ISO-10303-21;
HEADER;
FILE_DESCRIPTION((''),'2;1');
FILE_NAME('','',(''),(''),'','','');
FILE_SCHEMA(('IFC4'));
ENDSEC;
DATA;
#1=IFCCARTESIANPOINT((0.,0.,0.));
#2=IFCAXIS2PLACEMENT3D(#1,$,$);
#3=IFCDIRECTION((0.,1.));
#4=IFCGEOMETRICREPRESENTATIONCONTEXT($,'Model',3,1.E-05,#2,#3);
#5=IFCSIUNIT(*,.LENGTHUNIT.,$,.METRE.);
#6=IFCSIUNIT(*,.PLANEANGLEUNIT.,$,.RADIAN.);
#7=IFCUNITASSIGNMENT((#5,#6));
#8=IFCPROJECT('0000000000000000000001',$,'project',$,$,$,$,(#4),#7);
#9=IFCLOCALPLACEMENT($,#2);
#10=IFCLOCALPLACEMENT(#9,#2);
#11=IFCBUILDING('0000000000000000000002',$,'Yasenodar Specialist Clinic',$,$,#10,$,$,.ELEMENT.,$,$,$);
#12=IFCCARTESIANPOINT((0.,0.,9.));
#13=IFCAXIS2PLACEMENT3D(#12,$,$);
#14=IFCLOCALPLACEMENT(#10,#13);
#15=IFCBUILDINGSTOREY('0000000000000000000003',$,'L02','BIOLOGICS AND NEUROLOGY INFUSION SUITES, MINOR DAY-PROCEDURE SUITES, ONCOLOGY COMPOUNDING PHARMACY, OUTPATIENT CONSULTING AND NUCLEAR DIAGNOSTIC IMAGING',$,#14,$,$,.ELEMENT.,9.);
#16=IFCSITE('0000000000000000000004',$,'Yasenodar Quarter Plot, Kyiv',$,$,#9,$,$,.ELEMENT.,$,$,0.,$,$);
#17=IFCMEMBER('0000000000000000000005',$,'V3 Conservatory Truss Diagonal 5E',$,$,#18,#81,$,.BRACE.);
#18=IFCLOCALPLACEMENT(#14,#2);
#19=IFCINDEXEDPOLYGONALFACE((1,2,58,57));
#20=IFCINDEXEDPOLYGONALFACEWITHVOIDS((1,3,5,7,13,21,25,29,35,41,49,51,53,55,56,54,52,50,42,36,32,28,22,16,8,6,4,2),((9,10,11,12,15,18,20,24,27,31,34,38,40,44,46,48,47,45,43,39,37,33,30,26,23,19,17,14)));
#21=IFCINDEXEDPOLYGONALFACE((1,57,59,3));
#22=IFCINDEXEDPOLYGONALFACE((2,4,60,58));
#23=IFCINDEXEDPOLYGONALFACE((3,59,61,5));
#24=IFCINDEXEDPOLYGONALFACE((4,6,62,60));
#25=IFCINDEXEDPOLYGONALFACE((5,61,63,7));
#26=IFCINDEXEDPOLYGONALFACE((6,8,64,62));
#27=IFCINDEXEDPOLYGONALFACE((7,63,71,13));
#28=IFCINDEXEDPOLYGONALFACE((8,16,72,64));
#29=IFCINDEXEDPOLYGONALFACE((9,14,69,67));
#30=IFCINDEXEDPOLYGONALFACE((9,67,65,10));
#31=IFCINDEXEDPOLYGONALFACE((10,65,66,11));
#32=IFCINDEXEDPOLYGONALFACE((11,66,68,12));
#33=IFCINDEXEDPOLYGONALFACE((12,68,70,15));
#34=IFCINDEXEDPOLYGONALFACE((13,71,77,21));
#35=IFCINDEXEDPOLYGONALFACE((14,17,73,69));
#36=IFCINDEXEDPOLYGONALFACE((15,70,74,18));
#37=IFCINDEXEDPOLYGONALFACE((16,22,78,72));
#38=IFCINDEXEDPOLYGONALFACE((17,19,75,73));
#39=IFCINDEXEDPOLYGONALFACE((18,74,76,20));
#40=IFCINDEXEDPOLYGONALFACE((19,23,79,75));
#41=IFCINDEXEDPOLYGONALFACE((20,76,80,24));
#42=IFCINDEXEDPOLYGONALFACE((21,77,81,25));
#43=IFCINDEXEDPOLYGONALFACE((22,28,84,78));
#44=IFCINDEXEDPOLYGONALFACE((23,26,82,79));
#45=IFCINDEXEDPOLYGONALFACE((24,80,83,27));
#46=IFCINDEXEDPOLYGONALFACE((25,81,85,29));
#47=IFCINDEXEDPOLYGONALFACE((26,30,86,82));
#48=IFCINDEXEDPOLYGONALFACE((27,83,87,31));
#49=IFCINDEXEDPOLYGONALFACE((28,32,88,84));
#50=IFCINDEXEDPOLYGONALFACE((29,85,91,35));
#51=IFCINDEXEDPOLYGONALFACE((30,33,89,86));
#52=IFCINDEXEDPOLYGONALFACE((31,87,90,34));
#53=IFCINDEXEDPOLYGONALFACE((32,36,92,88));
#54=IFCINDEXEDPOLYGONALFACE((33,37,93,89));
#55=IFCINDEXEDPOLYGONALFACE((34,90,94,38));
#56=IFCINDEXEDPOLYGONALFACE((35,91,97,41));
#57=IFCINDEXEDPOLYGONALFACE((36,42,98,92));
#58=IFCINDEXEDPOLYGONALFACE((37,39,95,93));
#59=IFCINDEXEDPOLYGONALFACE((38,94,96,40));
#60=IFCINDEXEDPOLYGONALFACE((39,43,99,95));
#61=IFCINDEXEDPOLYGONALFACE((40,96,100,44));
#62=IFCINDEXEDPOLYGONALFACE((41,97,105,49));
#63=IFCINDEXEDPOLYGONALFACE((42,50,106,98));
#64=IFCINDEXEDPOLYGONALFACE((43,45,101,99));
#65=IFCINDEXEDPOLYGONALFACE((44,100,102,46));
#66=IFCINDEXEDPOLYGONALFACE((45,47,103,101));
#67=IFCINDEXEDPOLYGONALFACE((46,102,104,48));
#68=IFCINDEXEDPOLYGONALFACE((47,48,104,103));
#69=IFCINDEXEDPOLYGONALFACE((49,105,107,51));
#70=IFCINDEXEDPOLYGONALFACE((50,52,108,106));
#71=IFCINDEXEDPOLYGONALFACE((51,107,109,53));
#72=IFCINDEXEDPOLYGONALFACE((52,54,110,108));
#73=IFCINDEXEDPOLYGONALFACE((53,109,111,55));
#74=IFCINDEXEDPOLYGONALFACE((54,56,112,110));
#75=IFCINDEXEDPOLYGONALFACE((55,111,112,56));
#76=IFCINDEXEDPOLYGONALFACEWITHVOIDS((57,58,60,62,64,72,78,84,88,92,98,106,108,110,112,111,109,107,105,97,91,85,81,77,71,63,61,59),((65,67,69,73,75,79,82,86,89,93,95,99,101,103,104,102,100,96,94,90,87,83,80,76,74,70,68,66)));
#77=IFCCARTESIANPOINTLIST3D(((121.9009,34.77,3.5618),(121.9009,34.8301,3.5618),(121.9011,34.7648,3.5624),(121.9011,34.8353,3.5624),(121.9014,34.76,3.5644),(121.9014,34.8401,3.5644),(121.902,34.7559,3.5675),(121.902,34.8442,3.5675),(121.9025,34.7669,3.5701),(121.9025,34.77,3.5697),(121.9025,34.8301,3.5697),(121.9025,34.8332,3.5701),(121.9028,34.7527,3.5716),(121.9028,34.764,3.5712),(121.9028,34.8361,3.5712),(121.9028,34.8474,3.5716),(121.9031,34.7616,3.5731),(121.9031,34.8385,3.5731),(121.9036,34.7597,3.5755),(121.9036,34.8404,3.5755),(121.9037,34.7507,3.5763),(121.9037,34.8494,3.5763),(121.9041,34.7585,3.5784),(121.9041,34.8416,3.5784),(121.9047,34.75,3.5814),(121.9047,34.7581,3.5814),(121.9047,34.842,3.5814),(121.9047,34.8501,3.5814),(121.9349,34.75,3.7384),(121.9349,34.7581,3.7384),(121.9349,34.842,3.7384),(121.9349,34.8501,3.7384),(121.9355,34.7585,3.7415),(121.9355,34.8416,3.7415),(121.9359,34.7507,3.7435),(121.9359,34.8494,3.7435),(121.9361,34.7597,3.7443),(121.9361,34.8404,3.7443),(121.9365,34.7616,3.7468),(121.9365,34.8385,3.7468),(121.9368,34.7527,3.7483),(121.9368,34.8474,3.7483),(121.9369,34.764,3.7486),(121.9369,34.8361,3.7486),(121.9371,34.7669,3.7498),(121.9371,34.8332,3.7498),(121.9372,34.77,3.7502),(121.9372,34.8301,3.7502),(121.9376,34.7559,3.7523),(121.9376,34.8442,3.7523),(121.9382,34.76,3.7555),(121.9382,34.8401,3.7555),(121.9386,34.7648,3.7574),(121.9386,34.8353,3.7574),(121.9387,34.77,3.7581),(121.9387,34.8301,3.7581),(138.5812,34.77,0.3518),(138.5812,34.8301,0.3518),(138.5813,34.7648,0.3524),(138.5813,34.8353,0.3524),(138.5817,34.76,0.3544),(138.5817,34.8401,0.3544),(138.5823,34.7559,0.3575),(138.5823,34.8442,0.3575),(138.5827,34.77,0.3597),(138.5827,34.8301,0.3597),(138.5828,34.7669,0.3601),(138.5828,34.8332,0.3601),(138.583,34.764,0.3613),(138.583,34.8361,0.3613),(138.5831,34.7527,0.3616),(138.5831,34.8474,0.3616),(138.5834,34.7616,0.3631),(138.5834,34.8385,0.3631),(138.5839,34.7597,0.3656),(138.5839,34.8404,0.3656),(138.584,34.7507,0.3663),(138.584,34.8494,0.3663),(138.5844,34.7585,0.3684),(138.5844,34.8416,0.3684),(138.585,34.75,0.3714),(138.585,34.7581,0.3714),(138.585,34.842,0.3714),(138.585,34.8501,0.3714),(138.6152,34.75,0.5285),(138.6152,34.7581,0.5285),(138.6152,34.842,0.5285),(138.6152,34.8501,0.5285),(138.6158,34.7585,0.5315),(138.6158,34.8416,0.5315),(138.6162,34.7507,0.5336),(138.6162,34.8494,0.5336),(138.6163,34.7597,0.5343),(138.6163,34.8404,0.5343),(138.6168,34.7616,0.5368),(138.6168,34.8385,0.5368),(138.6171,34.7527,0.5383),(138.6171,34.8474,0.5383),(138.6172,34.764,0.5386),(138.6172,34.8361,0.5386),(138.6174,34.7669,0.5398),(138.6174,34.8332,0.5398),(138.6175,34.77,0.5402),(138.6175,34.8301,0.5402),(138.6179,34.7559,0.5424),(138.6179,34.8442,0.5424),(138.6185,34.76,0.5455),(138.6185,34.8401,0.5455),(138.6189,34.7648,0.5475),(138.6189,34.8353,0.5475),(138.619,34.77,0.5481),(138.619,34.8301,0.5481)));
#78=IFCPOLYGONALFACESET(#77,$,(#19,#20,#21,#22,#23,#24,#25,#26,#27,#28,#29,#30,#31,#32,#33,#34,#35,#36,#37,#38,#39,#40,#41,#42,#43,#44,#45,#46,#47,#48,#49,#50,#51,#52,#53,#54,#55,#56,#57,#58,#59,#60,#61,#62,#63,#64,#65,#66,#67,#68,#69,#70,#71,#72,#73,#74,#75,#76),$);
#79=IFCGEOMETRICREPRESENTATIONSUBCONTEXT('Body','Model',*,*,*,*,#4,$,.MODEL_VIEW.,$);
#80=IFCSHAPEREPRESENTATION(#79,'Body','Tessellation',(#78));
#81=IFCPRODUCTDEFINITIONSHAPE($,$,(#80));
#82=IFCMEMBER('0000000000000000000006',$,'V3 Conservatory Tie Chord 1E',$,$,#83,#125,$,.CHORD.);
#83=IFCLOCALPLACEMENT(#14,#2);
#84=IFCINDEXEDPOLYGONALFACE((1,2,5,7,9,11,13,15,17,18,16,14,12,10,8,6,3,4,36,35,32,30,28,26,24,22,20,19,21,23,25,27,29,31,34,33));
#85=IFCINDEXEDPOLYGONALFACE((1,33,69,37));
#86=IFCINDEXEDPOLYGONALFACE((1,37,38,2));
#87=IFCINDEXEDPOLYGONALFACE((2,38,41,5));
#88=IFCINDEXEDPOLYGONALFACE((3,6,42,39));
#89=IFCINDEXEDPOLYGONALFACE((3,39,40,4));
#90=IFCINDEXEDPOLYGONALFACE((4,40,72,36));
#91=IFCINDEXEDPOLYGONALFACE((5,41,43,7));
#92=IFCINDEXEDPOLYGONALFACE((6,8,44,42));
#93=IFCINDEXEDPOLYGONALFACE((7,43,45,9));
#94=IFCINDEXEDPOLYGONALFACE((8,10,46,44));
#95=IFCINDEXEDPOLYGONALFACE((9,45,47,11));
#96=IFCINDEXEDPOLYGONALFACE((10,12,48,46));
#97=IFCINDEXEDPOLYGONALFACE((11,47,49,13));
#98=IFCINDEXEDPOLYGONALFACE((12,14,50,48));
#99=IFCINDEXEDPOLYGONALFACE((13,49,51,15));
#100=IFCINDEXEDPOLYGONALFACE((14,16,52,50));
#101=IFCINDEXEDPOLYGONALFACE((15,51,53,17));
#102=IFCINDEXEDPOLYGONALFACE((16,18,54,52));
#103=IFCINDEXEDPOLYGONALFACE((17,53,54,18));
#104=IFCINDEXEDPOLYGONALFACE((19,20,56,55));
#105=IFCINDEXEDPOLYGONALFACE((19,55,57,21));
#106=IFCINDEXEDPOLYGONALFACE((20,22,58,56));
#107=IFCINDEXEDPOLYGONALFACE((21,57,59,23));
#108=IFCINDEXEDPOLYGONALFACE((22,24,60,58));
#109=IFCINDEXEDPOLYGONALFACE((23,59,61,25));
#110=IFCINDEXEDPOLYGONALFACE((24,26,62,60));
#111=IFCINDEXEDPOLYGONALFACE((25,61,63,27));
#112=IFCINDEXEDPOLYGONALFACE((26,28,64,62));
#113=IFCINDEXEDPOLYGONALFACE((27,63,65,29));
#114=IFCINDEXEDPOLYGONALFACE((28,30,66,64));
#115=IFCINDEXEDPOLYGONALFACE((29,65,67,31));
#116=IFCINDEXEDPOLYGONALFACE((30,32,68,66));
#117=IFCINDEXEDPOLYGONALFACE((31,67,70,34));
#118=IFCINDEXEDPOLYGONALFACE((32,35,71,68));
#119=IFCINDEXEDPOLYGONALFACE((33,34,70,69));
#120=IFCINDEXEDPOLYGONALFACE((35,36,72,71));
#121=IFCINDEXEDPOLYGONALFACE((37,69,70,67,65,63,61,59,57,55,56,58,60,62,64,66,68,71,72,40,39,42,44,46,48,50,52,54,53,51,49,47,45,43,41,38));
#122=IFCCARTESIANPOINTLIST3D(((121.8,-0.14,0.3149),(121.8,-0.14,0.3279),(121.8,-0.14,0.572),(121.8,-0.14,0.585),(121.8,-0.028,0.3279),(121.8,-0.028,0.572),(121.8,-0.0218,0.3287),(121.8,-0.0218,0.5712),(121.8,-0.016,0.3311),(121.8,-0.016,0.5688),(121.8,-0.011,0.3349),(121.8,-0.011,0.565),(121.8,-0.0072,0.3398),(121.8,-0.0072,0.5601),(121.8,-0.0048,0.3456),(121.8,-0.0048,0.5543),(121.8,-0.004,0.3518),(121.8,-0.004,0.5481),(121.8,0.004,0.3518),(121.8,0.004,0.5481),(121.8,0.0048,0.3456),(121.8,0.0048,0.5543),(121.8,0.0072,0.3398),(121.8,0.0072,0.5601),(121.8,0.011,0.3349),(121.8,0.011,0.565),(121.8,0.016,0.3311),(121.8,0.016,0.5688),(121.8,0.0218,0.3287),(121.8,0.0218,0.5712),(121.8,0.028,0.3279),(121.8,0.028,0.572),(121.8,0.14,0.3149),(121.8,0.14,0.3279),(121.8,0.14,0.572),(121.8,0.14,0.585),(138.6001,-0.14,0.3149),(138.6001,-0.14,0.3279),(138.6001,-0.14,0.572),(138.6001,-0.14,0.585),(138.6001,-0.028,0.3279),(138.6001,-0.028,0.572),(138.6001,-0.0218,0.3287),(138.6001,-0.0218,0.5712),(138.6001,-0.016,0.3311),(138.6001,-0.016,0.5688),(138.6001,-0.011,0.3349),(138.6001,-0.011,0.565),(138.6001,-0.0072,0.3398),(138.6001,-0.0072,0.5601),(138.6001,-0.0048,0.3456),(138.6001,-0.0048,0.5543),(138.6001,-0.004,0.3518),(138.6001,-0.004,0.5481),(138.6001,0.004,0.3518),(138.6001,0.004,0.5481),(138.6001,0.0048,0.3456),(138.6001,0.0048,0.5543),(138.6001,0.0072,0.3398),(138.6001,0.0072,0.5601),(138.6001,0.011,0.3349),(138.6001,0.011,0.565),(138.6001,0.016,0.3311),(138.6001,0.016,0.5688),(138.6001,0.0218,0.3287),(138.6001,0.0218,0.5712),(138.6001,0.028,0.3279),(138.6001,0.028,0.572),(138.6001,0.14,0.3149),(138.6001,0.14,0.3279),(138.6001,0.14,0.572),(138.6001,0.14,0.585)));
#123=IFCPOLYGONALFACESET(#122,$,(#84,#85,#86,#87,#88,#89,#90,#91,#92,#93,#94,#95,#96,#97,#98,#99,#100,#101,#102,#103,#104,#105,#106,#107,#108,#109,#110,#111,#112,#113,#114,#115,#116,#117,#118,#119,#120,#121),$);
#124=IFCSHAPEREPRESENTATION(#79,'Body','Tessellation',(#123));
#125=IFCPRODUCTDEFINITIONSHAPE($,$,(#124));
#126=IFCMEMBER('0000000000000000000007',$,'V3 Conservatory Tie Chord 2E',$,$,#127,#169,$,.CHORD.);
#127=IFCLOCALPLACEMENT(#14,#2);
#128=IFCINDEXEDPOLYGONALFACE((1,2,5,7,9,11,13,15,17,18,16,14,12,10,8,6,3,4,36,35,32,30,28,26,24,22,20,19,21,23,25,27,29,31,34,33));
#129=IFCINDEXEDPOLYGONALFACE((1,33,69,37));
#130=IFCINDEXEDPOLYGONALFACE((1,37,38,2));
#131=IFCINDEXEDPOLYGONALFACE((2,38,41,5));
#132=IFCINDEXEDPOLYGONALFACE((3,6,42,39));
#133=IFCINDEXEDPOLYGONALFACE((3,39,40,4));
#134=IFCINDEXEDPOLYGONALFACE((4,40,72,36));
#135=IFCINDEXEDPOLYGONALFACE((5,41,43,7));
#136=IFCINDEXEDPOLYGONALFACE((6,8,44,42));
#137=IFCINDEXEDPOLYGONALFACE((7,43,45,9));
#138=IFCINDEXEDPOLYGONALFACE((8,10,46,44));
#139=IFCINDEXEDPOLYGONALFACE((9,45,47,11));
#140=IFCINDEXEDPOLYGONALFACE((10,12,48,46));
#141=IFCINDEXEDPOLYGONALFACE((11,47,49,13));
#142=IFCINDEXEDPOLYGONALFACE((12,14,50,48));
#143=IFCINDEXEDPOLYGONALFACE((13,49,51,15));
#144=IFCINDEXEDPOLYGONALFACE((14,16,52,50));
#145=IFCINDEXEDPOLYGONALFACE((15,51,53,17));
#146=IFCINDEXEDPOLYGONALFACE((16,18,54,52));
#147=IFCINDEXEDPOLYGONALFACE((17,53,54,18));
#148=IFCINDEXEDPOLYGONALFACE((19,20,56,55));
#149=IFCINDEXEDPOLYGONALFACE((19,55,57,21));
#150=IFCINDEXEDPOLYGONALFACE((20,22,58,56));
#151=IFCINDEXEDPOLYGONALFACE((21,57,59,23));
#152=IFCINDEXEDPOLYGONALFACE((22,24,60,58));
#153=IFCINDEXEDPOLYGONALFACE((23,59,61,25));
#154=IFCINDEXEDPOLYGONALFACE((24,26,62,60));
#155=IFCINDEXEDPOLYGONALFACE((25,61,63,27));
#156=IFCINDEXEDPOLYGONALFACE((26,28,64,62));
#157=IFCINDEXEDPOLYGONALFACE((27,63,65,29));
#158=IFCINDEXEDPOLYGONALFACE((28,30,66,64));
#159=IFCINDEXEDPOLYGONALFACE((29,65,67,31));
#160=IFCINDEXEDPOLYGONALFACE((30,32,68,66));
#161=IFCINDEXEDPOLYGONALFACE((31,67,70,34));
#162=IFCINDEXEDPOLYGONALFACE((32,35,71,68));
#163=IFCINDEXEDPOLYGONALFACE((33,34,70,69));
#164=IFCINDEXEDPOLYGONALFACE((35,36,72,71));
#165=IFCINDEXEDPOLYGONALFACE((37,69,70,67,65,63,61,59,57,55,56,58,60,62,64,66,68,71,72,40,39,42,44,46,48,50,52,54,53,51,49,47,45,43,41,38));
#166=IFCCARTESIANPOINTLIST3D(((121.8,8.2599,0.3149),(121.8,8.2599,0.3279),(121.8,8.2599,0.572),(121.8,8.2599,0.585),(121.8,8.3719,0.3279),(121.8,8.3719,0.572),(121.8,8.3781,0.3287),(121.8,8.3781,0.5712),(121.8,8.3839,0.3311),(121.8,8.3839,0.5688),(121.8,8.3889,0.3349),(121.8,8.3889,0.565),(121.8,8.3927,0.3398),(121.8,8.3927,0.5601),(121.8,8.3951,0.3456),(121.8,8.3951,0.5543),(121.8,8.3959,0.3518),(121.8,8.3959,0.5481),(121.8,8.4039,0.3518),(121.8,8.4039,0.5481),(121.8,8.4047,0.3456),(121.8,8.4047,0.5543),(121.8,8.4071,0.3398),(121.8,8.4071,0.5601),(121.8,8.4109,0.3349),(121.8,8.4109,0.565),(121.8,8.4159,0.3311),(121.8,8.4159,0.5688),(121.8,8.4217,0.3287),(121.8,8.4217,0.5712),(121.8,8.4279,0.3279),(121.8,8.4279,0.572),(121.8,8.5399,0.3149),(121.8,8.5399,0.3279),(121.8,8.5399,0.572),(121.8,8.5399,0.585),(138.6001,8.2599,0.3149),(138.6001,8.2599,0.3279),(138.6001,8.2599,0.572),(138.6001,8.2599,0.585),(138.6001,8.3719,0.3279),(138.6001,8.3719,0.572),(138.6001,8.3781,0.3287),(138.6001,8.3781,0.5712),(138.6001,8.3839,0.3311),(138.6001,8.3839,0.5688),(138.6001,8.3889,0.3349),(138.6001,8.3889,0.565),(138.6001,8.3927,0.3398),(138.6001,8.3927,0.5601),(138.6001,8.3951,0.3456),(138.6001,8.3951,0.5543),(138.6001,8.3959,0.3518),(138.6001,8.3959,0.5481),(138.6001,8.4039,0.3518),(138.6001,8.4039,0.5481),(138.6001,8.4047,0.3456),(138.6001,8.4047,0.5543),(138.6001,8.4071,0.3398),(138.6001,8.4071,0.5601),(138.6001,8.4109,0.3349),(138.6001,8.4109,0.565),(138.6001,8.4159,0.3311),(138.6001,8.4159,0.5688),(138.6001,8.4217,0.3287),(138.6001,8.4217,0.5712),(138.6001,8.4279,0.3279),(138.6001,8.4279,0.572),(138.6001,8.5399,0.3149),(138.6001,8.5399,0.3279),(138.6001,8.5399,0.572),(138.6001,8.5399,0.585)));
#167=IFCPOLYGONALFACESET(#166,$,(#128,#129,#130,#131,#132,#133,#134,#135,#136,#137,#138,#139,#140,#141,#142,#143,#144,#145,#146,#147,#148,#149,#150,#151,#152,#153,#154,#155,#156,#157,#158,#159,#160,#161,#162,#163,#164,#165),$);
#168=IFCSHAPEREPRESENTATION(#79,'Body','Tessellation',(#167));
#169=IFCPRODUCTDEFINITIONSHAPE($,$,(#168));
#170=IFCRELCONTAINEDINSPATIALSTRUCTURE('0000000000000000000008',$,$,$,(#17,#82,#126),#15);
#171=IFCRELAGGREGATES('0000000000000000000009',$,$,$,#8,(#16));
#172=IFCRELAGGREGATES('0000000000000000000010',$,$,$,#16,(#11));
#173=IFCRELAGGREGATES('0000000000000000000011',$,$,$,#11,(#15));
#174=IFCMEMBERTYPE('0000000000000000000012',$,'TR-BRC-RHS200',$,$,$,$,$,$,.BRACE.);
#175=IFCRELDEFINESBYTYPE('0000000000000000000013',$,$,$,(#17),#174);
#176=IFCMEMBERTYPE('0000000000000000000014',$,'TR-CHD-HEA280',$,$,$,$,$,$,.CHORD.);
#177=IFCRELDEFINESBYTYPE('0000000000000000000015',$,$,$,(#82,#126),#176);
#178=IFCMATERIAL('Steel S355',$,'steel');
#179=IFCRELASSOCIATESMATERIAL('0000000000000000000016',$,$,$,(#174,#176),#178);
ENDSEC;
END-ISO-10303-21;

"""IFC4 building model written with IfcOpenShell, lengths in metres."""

from ifc_helpers import new_model, si_unit, direction, frame, origin, origin_2d, place, context, subcontext, project, spatial, hollow_rectangle, i_section, extrude, material, material_profile, profile_set, type_object, element, save


model = new_model("IFC4")

# Units and contexts
model_context = context("Model", 3, precision=1e-05, world=origin(), true_north=direction((0.0, 1.0)))
body_context = subcontext(model_context, "Body", "Model", "MODEL_VIEW")
ifc_project = project(units=[si_unit("LENGTHUNIT", "METRE"), si_unit("PLANEANGLEUNIT", "RADIAN")], contexts=[model_context])

# Site, building, storey
site_placement = place(None, origin())
site = spatial("IfcSite", under=ifc_project, at=site_placement, Name="Yasenodar Quarter Plot, Kyiv", CompositionType="ELEMENT", RefElevation=0.0)
building_placement = place(site_placement, origin())
building = spatial("IfcBuilding", under=site, at=building_placement, Name="Yasenodar Specialist Clinic", CompositionType="ELEMENT")
storey_placement = place(building_placement, frame((0.0, 0.0, 9.0)))
storey = spatial("IfcBuildingStorey", under=building, at=storey_placement, Name="L02", Description="BIOLOGICS AND NEUROLOGY INFUSION SUITES, MINOR DAY-PROCEDURE SUITES, ONCOLOGY COMPOUNDING PHARMACY, OUTPATIENT CONSULTING AND NUCLEAR DIAGNOSTIC IMAGING", CompositionType="ELEMENT", Elevation=9.0)

# Shared definitions
ifc_material = material(Name="Steel S355", Category="steel")

# Members
ifc_material_profile_1 = material_profile(ifc_material, hollow_rectangle(XDim=0.1001, YDim=0.2, WallThickness=0.0081, InnerFilletRadius=0.012, OuterFilletRadius=0.02, at=origin_2d()), Name="RHS 200x100x8")
ifc_profile_set_1 = profile_set([ifc_material_profile_1], Name="Steel S355")
member_type_1 = type_object("IfcMemberType", Name="TR-BRC-RHS200", PredefinedType="BRACE", material=ifc_profile_set_1)
member_1_placement = place(storey_placement, frame((138.6001, 34.8, 0.45), z_axis=(-0.981982, 0.0, 0.188974), x_axis=(0.0, -1.0, 0.0)))
element("IfcMember", 1, at=member_1_placement, inside=storey, type_object=member_type_1, Name="V3 Conservatory Truss Diagonal 5E", PredefinedType="BRACE", context=body_context, shape_type="SweptSolid", body=[
    extrude(hollow_rectangle(XDim=0.1001, YDim=0.2, WallThickness=0.0081, InnerFilletRadius=0.012, OuterFilletRadius=0.02, at=origin_2d()), origin(), (0.0, 0.0, 1.0), 16.9863),
])
ifc_material_profile_2 = material_profile(ifc_material, i_section(OverallWidth=0.28, OverallDepth=0.27, WebThickness=0.0081, FlangeThickness=0.0129, FilletRadius=0.0239, at=origin_2d()), Name="HEA 280")
ifc_profile_set_2 = profile_set([ifc_material_profile_2], Name="Steel S355")
member_type_2 = type_object("IfcMemberType", Name="TR-CHD-HEA280", PredefinedType="CHORD", material=ifc_profile_set_2)
for number, where, z_axis, x_axis, name in (
    (2, (121.8, 0.0, 0.45), (1.0, 0.0, 0.0), (0.0, 1.0, 0.0), "V3 Conservatory Tie Chord 1E"),
    (3, (121.8, 8.3999, 0.45), (1.0, 0.0, 0.0), (0.0, 1.0, 0.0), "V3 Conservatory Tie Chord 2E"),
):
    element("IfcMember", number, at=place(storey_placement, frame(where, z_axis=z_axis, x_axis=x_axis)), inside=storey, type_object=member_type_2, Name=name, PredefinedType="CHORD", context=body_context, shape_type="SweptSolid", body=[
        extrude(i_section(OverallWidth=0.28, OverallDepth=0.27, WebThickness=0.0081, FlangeThickness=0.0129, FilletRadius=0.0239, at=origin_2d()), origin(), (0.0, 0.0, 1.0), 16.8),
    ])

save(model, "model.ifc")
